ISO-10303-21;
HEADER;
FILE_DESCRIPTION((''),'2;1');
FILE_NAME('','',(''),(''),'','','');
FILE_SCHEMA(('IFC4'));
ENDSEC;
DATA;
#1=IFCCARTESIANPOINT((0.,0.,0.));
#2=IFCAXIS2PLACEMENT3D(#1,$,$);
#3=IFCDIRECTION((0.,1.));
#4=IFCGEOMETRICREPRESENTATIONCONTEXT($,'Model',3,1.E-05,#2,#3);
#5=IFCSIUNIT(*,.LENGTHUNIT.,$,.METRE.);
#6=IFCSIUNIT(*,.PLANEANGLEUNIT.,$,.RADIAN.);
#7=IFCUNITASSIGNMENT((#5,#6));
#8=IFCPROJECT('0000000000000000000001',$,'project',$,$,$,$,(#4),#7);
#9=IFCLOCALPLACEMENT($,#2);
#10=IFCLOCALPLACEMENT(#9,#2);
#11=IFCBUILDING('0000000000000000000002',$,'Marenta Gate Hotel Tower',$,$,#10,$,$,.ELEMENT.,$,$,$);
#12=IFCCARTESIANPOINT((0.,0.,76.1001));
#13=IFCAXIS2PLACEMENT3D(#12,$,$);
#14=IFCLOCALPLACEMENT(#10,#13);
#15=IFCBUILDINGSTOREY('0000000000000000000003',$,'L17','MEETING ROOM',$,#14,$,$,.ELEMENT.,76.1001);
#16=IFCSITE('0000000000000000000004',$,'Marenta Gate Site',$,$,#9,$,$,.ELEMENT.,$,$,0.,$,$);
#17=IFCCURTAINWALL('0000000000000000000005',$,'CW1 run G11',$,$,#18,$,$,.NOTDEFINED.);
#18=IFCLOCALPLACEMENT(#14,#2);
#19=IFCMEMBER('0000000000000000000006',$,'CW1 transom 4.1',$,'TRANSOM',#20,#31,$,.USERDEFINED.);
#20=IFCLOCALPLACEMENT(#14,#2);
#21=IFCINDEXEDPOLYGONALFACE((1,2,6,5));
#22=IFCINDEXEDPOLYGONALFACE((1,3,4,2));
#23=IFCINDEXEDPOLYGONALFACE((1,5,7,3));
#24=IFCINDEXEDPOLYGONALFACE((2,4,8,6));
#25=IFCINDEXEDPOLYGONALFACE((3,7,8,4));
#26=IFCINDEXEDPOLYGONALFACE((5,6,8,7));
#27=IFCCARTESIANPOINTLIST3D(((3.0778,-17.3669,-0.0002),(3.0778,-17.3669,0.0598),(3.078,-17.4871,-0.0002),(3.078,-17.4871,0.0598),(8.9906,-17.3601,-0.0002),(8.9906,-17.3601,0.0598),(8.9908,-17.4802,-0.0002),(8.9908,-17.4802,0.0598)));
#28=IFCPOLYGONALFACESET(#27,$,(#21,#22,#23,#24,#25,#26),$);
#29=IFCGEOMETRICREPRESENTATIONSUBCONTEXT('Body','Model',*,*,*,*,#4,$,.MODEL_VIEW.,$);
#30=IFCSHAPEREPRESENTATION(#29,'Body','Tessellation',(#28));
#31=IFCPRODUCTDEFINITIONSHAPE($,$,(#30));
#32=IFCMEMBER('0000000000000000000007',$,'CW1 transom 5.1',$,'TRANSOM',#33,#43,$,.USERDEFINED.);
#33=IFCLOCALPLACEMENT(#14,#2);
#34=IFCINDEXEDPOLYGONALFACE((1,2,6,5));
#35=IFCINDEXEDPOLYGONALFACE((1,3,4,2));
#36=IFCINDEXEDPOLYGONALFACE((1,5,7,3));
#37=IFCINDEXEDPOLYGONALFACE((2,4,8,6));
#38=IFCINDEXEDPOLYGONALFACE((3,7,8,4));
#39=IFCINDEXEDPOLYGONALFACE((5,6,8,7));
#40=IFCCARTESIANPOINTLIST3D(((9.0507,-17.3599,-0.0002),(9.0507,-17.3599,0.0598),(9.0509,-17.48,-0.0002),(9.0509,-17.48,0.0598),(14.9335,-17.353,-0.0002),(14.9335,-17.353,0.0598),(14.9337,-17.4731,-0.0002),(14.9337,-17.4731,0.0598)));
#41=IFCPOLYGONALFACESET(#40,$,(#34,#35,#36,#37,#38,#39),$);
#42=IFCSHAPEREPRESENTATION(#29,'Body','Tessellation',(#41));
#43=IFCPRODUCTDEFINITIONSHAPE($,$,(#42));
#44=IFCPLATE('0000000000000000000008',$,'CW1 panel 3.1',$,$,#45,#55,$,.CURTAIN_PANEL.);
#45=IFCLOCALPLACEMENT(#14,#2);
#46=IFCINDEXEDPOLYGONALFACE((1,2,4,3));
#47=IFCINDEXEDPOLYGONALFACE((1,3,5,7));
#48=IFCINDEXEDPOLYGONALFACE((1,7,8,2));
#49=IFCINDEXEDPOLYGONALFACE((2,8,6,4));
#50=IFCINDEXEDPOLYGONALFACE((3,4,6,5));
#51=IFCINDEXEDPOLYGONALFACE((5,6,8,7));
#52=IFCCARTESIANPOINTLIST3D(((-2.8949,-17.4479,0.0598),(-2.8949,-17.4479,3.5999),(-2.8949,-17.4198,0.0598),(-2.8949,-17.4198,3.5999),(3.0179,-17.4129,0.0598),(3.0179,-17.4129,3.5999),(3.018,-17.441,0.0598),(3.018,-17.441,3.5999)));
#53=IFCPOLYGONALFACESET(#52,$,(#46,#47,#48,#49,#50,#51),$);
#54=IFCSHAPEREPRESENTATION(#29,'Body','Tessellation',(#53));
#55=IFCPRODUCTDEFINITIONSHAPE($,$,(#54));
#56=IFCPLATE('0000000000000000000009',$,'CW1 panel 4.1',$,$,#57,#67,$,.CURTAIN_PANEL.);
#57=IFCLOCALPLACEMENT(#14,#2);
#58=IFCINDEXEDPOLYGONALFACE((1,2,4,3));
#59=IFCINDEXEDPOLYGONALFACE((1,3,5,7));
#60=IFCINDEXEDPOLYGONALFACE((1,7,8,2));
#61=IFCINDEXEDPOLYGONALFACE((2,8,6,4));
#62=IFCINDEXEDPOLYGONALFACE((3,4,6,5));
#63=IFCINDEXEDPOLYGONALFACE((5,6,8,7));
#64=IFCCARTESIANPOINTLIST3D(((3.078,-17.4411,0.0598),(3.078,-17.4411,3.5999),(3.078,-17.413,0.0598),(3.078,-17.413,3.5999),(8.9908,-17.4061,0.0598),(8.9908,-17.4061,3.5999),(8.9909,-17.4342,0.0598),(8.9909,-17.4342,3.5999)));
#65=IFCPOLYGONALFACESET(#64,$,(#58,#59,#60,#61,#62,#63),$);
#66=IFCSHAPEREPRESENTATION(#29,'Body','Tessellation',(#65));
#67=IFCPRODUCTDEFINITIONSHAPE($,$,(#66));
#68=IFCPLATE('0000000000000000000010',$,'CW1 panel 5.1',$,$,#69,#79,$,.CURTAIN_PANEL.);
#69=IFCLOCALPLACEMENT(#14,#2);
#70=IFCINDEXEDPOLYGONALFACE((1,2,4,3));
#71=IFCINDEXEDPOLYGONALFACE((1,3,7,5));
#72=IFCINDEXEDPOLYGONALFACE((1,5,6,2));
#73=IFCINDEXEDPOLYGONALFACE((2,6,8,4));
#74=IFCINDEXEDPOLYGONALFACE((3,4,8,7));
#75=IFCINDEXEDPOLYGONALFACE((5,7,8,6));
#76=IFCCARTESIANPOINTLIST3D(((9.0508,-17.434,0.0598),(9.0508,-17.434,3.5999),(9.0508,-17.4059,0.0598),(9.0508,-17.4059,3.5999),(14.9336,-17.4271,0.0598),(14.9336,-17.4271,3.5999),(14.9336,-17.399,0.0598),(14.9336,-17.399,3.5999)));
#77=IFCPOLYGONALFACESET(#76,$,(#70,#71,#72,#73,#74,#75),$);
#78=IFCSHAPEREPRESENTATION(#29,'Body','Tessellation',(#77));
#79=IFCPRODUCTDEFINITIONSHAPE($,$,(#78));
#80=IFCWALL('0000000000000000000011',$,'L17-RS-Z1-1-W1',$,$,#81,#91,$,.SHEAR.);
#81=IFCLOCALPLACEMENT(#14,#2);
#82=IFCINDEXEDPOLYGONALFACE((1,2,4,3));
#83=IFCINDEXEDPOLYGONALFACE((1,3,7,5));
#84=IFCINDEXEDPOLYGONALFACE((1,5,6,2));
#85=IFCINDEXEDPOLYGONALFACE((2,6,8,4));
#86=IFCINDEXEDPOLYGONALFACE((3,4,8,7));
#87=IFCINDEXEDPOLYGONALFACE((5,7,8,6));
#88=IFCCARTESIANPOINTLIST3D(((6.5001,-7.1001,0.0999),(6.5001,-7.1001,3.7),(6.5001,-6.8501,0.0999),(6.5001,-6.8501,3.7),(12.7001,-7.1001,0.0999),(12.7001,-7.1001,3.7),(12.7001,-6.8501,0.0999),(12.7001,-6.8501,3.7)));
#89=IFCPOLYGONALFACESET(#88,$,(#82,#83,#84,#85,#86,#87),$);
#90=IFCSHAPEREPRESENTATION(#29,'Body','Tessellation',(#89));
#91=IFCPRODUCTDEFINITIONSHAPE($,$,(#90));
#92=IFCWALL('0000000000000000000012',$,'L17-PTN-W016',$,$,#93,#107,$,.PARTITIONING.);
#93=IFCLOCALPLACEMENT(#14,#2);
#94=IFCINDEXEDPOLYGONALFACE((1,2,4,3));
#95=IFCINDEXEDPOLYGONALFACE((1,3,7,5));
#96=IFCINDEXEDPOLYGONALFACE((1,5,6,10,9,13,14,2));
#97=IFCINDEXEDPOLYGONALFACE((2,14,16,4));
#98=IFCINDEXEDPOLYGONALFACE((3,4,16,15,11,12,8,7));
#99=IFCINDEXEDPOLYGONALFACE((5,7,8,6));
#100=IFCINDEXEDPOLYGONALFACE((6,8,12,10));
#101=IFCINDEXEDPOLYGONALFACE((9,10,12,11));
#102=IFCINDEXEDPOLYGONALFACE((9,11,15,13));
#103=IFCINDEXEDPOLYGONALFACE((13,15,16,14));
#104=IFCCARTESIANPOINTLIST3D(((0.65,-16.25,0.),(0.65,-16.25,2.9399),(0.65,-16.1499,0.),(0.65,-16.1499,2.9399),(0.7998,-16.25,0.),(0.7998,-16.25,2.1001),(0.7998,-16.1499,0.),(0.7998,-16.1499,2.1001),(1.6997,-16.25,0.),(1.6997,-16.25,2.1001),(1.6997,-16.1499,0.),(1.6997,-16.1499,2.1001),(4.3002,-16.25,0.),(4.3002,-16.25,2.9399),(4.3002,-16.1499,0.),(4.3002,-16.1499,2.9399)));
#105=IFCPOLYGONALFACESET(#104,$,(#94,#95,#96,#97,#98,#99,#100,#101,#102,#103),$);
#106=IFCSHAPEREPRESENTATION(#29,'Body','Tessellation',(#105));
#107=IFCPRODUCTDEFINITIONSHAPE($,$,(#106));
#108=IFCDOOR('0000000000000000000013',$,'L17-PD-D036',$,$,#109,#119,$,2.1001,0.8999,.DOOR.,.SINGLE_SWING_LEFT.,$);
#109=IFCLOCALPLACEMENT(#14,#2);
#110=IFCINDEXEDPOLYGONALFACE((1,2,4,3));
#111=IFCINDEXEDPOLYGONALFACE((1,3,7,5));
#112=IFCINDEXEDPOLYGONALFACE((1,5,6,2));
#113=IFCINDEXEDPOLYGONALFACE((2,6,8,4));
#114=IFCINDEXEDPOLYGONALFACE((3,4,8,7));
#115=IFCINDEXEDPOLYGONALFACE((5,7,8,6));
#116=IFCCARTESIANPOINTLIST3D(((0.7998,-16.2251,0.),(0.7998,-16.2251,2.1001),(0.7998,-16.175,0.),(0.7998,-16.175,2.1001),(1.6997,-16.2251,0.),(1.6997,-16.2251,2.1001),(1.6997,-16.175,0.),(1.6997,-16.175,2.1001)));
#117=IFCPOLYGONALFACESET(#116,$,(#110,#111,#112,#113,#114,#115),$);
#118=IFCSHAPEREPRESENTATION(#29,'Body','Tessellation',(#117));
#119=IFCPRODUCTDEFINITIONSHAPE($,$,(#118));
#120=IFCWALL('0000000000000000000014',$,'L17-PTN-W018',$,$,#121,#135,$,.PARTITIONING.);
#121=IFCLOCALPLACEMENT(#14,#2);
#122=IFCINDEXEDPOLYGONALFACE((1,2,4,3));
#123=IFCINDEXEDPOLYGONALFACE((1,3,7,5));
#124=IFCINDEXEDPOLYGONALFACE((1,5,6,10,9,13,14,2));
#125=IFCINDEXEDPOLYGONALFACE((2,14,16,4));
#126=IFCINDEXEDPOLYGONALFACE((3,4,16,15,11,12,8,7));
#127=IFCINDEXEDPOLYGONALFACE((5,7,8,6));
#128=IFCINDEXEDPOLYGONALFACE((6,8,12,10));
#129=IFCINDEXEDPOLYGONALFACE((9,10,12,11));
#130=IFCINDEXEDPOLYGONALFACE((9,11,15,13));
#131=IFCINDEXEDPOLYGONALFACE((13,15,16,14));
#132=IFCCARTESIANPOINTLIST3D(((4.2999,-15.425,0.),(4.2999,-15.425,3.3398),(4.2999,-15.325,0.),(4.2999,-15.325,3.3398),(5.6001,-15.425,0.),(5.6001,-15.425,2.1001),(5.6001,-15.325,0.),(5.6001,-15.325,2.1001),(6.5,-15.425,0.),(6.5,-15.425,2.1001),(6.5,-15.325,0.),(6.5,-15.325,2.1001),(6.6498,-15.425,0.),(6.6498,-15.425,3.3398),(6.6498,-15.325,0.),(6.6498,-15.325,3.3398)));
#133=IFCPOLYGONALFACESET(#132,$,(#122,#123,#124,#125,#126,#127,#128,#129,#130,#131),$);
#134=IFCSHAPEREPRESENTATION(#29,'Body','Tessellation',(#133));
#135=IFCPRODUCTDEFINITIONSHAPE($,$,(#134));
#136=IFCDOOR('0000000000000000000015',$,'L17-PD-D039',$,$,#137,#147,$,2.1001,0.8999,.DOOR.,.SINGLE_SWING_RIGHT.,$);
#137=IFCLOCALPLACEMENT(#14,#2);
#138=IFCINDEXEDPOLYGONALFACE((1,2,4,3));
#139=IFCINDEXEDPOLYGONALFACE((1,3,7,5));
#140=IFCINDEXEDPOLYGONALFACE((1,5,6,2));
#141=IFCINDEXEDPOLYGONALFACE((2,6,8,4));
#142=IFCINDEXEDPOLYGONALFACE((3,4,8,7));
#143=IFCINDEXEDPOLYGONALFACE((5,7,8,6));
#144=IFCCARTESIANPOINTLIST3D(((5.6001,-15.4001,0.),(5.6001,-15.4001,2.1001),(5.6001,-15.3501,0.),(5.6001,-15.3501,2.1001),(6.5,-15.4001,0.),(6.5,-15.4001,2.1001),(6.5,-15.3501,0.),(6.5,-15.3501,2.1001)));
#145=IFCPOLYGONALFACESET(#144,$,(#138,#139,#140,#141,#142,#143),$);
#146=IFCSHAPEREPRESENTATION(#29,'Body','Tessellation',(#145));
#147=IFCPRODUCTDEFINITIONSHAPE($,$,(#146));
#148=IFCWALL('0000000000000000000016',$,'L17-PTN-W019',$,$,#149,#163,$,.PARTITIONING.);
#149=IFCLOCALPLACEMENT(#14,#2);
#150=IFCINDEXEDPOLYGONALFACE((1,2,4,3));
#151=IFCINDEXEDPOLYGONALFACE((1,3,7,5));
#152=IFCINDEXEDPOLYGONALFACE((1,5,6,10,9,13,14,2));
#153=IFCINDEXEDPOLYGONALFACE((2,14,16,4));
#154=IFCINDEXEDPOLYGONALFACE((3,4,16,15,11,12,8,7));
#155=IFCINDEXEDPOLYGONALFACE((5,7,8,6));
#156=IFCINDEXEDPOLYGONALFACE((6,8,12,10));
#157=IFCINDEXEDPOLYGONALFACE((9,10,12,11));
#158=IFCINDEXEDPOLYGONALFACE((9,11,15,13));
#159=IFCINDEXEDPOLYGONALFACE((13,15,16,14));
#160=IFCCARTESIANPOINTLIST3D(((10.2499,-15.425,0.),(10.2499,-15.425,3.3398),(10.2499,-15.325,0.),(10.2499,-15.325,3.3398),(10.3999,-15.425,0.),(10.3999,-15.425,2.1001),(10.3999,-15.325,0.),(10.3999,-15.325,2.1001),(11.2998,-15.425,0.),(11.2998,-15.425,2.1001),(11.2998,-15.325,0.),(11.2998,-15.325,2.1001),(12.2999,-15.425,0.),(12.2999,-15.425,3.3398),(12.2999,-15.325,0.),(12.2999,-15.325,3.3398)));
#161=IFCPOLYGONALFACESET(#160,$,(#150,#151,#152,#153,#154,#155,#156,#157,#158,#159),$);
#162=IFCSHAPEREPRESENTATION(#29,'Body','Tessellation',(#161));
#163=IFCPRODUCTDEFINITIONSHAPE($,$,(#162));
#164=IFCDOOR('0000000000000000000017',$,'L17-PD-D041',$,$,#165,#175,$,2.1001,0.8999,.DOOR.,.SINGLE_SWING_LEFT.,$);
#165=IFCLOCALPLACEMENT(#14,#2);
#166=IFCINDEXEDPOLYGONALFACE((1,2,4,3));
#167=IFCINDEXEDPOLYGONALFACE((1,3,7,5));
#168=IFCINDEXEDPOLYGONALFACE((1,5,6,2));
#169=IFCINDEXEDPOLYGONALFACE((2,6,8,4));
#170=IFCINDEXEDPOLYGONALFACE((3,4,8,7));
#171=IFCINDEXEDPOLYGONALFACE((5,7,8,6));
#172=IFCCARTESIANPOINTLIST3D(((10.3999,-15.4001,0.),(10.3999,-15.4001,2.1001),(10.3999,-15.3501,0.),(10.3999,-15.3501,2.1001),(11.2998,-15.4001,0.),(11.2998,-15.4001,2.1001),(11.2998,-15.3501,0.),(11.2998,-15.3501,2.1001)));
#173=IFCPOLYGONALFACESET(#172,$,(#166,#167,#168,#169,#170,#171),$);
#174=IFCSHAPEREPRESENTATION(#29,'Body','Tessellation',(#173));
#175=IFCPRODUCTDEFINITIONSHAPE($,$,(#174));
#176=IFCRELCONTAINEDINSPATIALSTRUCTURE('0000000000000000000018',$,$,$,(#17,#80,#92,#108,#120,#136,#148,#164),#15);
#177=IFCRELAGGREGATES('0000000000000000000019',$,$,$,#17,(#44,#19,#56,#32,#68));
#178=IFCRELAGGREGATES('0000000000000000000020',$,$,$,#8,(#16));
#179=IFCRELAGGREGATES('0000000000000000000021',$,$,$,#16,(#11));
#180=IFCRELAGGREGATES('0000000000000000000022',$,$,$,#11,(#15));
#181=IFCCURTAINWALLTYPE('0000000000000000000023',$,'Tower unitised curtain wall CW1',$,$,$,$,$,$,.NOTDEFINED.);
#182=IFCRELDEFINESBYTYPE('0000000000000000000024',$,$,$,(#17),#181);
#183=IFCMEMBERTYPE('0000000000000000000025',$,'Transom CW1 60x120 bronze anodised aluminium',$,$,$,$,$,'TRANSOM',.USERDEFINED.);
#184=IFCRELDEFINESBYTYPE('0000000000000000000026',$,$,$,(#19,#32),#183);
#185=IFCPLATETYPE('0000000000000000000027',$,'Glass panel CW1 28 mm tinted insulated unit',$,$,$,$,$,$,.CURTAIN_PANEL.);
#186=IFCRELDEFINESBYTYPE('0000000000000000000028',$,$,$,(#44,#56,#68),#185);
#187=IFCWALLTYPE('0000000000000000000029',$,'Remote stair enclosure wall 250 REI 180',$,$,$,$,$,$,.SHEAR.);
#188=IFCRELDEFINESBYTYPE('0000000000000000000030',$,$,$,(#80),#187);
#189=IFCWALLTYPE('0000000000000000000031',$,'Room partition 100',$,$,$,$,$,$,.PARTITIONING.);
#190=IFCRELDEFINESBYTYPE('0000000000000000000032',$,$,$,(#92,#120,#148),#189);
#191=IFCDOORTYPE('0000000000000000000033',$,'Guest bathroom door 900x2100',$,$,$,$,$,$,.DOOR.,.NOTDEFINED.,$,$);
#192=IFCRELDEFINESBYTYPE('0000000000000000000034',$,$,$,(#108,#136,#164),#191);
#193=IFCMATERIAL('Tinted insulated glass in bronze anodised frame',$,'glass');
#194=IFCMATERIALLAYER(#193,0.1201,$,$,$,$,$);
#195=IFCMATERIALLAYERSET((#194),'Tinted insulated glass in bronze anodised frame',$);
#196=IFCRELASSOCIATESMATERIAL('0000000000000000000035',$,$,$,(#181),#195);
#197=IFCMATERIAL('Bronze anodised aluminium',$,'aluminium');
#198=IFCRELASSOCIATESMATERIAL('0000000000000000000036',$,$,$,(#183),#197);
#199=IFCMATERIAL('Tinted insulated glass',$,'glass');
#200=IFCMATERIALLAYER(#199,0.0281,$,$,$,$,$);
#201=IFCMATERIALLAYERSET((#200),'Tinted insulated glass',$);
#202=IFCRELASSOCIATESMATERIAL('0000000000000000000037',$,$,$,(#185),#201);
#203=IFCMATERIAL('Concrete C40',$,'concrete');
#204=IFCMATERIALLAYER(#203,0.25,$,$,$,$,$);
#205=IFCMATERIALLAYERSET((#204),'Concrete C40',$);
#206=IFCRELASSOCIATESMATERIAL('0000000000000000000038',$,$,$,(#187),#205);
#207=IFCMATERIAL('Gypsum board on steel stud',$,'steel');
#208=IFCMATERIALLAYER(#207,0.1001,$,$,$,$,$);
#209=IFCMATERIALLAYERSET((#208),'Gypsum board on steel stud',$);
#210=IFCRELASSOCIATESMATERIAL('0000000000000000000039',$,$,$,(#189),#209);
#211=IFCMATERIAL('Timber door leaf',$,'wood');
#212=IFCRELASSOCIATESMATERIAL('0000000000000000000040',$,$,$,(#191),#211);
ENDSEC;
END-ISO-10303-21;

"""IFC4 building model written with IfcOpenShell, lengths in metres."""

from ifc_helpers import new_model, si_unit, direction, frame, frame_2d, origin, origin_2d, place, context, subcontext, project, spatial, rectangle, extrude, material, layer, layer_set, material_profile, profile_set, type_object, element, fill, aggregate, save


model = new_model("IFC4")

# Units and contexts
model_context = context("Model", 3, precision=1e-05, world=origin(), true_north=direction((0.0, 1.0)))
body_context = subcontext(model_context, "Body", "Model", "MODEL_VIEW")
ifc_project = project(units=[si_unit("LENGTHUNIT", "METRE"), si_unit("PLANEANGLEUNIT", "RADIAN")], contexts=[model_context])

# Site, building, storey
site_placement = place(None, origin())
site = spatial("IfcSite", under=ifc_project, at=site_placement, Name="Marenta Gate Site", CompositionType="ELEMENT", RefElevation=0.0)
building_placement = place(site_placement, origin())
building = spatial("IfcBuilding", under=site, at=building_placement, Name="Marenta Gate Hotel Tower", CompositionType="ELEMENT")
storey_placement = place(building_placement, frame((0.0, 0.0, 76.1001)))
storey = spatial("IfcBuildingStorey", under=building, at=storey_placement, Name="L17", Description="MEETING ROOM", CompositionType="ELEMENT", Elevation=76.1001)

# Curtain wall, members, plates
ifc_material_1 = material(Name="Tinted insulated glass in bronze anodised frame", Category="glass")
ifc_layer_1 = layer(ifc_material_1, 0.1201)
ifc_layer_set_1 = layer_set([ifc_layer_1], Name="Tinted insulated glass in bronze anodised frame")
curtain_wall_type = type_object("IfcCurtainWallType", Name="Tower unitised curtain wall CW1", PredefinedType="NOTDEFINED", material=ifc_layer_set_1)
curtain_wall_placement = place(storey_placement, origin())
curtain_wall = element("IfcCurtainWall", 1, at=curtain_wall_placement, inside=storey, type_object=curtain_wall_type, Name="CW1 run G11", PredefinedType="NOTDEFINED")
ifc_material_2 = material(Name="Bronze anodised aluminium", Category="aluminium")
ifc_material_profile_1 = material_profile(ifc_material_2, rectangle(XDim=0.1201, YDim=0.0601, at=origin_2d()), Name="Transom CW1 60x120 bronze anodised aluminium")
ifc_profile_set_1 = profile_set([ifc_material_profile_1], Name="Bronze anodised aluminium")
member_type_1 = type_object("IfcMemberType", Name="Transom CW1 60x120 bronze anodised aluminium", ElementType="TRANSOM", PredefinedType="USERDEFINED", material=ifc_profile_set_1)
member_1_placement = place(storey_placement, frame((3.0779, -17.427, 0.0298), z_axis=(0.999999, 0.001156, 0.0), x_axis=(-0.001156, 0.999999, 0.0)))
member_1 = element("IfcMember", 2, at=member_1_placement, type_object=member_type_1, Name="CW1 transom 4.1", ObjectType="TRANSOM", PredefinedType="USERDEFINED", context=body_context, shape_type="SweptSolid", body=[
    extrude(rectangle(XDim=0.1201, YDim=0.0601, at=origin_2d()), origin(), (0.0, 0.0, 1.0), 5.9128),
])
member_2_placement = place(storey_placement, frame((9.0508, -17.4199, 0.0298), z_axis=(0.999999, 0.001162, 0.0), x_axis=(-0.001162, 0.999999, 0.0)))
member_2 = element("IfcMember", 3, at=member_2_placement, type_object=member_type_1, Name="CW1 transom 5.1", ObjectType="TRANSOM", PredefinedType="USERDEFINED", context=body_context, shape_type="SweptSolid", body=[
    extrude(rectangle(XDim=0.1201, YDim=0.0601, at=origin_2d()), origin(), (0.0, 0.0, 1.0), 5.8828),
])
ifc_material_3 = material(Name="Tinted insulated glass", Category="glass")
ifc_layer_2 = layer(ifc_material_3, 0.0281)
ifc_layer_set_2 = layer_set([ifc_layer_2], Name="Tinted insulated glass")
plate_type = type_object("IfcPlateType", Name="Glass panel CW1 28 mm tinted insulated unit", PredefinedType="CURTAIN_PANEL", material=ifc_layer_set_2)
plate_1_placement = place(storey_placement, frame((0.0615, -17.4304, 0.0598), z_axis=(0.0, 0.0, 1.0), x_axis=(0.999999, 0.001162, 0.0)))
plate_1 = element("IfcPlate", 4, at=plate_1_placement, type_object=plate_type, Name="CW1 panel 3.1", PredefinedType="CURTAIN_PANEL", context=body_context, shape_type="SweptSolid", body=[
    extrude(rectangle(XDim=5.9128, YDim=0.0281, at=origin_2d()), origin(), (0.0, 0.0, 1.0), 3.54),
])
plate_2_placement = place(storey_placement, frame((6.0344, -17.4236, 0.0598), z_axis=(0.0, 0.0, 1.0), x_axis=(0.999999, 0.001162, 0.0)))
plate_2 = element("IfcPlate", 5, at=plate_2_placement, type_object=plate_type, Name="CW1 panel 4.1", PredefinedType="CURTAIN_PANEL", context=body_context, shape_type="SweptSolid", body=[
    extrude(rectangle(XDim=5.9128, YDim=0.0281, at=origin_2d()), origin(), (0.0, 0.0, 1.0), 3.54),
])
plate_3_placement = place(storey_placement, frame((11.9922, -17.4165, 0.0598), z_axis=(0.0, 0.0, 1.0), x_axis=(0.999999, 0.001162, 0.0)))
plate_3 = element("IfcPlate", 6, at=plate_3_placement, type_object=plate_type, Name="CW1 panel 5.1", PredefinedType="CURTAIN_PANEL", context=body_context, shape_type="SweptSolid", body=[
    extrude(rectangle(XDim=5.8828, YDim=0.0281, at=origin_2d()), origin(), (0.0, 0.0, 1.0), 3.54),
])
aggregate(curtain_wall, [plate_1, member_1, plate_2, member_2, plate_3])

# Wall
ifc_material_4 = material(Name="Concrete C40", Category="concrete")
ifc_layer_3 = layer(ifc_material_4, 0.25)
ifc_layer_set_3 = layer_set([ifc_layer_3], Name="Concrete C40")
wall_type_1 = type_object("IfcWallType", Name="Remote stair enclosure wall 250 REI 180", PredefinedType="SHEAR", material=ifc_layer_set_3)
wall_1_placement = place(storey_placement, frame((6.5, -6.9751, 0.0999), z_axis=(0.0, 0.0, 1.0), x_axis=(1.0, 0.0, 0.0)))
element("IfcWall", 7, at=wall_1_placement, inside=storey, type_object=wall_type_1, Name="L17-RS-Z1-1-W1", PredefinedType="SHEAR", context=body_context, shape_type="SweptSolid", body=[
    extrude(rectangle(XDim=6.2, YDim=0.25, at=frame_2d((3.1001, 0.0))), origin(), (0.0, 0.0, 1.0), 3.6001),
])

# Walls, openings, doors
ifc_material_5 = material(Name="Gypsum board on steel stud", Category="steel")
ifc_layer_4 = layer(ifc_material_5, 0.1001)
ifc_layer_set_4 = layer_set([ifc_layer_4], Name="Gypsum board on steel stud")
wall_type_2 = type_object("IfcWallType", Name="Room partition 100", PredefinedType="PARTITIONING", material=ifc_layer_set_4)
wall_2_placement = place(storey_placement, frame((0.6499, -16.2, 0.0), z_axis=(0.0, 0.0, 1.0), x_axis=(1.0, 0.0, 0.0)))
wall_2 = element("IfcWall", 8, at=wall_2_placement, inside=storey, type_object=wall_type_2, Name="L17-PTN-W016", PredefinedType="PARTITIONING", context=body_context, shape_type="SweptSolid", body=[
    extrude(rectangle(XDim=3.6501, YDim=0.1001, at=frame_2d((1.8252, 0.0))), origin(), (0.0, 0.0, 1.0), 2.9399),
])
opening_1_placement = place(wall_2_placement, frame((0.1499, 0.0, 0.0)))
opening_1 = element("IfcOpeningElement", 9, at=opening_1_placement, cuts=wall_2, PredefinedType="OPENING", context=body_context, shape_type="SweptSolid", body=[
    extrude(rectangle(XDim=0.8999, YDim=2.1001, at=frame_2d((0.45, 1.05))), frame((0.0, 0.05, 0.0), z_axis=(0.0, -1.0, 0.0), x_axis=(1.0, 0.0, 0.0)), (0.0, 0.0, 1.0), 0.1001),
])
ifc_material_6 = material(Name="Timber door leaf", Category="wood")
door_type = type_object("IfcDoorType", Name="Guest bathroom door 900x2100", OperationType="NOTDEFINED", PredefinedType="DOOR", material=ifc_material_6)
door_1_placement = place(opening_1_placement, origin())
door_1 = element("IfcDoor", 10, at=door_1_placement, inside=storey, type_object=door_type, Name="L17-PD-D036", OperationType="SINGLE_SWING_LEFT", OverallHeight=2.1001, OverallWidth=0.8999, PredefinedType="DOOR", context=body_context, shape_type="SweptSolid", body=[
    extrude(rectangle(XDim=0.8999, YDim=2.1001, at=frame_2d((0.45, 1.05))), frame((0.0, 0.0249, 0.0), z_axis=(0.0, -1.0, 0.0), x_axis=(1.0, 0.0, 0.0)), (0.0, 0.0, 1.0), 0.05),
])
fill(opening_1, door_1)
wall_3_placement = place(storey_placement, frame((4.3, -15.375, 0.0), z_axis=(0.0, 0.0, 1.0), x_axis=(1.0, 0.0, 0.0)))
wall_3 = element("IfcWall", 11, at=wall_3_placement, inside=storey, type_object=wall_type_2, Name="L17-PTN-W018", PredefinedType="PARTITIONING", context=body_context, shape_type="SweptSolid", body=[
    extrude(rectangle(XDim=2.3499, YDim=0.1001, at=frame_2d((1.1748, 0.0))), origin(), (0.0, 0.0, 1.0), 3.3398),
])
opening_2_placement = place(wall_3_placement, frame((1.3, 0.0, 0.0)))
opening_2 = element("IfcOpeningElement", 12, at=opening_2_placement, cuts=wall_3, PredefinedType="OPENING", context=body_context, shape_type="SweptSolid", body=[
    extrude(rectangle(XDim=0.8999, YDim=2.1001, at=frame_2d((0.45, 1.05))), frame((0.0, 0.05, 0.0), z_axis=(0.0, -1.0, 0.0), x_axis=(1.0, 0.0, 0.0)), (0.0, 0.0, 1.0), 0.1001),
])
door_2_placement = place(opening_2_placement, origin())
door_2 = element("IfcDoor", 13, at=door_2_placement, inside=storey, type_object=door_type, Name="L17-PD-D039", OperationType="SINGLE_SWING_RIGHT", OverallHeight=2.1001, OverallWidth=0.8999, PredefinedType="DOOR", context=body_context, shape_type="SweptSolid", body=[
    extrude(rectangle(XDim=0.8999, YDim=2.1001, at=frame_2d((0.45, 1.05))), frame((0.0, 0.0249, 0.0), z_axis=(0.0, -1.0, 0.0), x_axis=(1.0, 0.0, 0.0)), (0.0, 0.0, 1.0), 0.05),
])
fill(opening_2, door_2)
wall_4_placement = place(storey_placement, frame((10.25, -15.375, 0.0), z_axis=(0.0, 0.0, 1.0), x_axis=(1.0, 0.0, 0.0)))
wall_4 = element("IfcWall", 14, at=wall_4_placement, inside=storey, type_object=wall_type_2, Name="L17-PTN-W019", PredefinedType="PARTITIONING", context=body_context, shape_type="SweptSolid", body=[
    extrude(rectangle(XDim=2.05, YDim=0.1001, at=frame_2d((1.0249, 0.0))), origin(), (0.0, 0.0, 1.0), 3.3398),
])
opening_3_placement = place(wall_4_placement, frame((0.1499, 0.0, 0.0)))
opening_3 = element("IfcOpeningElement", 15, at=opening_3_placement, cuts=wall_4, PredefinedType="OPENING", context=body_context, shape_type="SweptSolid", body=[
    extrude(rectangle(XDim=0.8999, YDim=2.1001, at=frame_2d((0.45, 1.05))), frame((0.0, 0.05, 0.0), z_axis=(0.0, -1.0, 0.0), x_axis=(1.0, 0.0, 0.0)), (0.0, 0.0, 1.0), 0.1001),
])
door_3_placement = place(opening_3_placement, origin())
door_3 = element("IfcDoor", 16, at=door_3_placement, inside=storey, type_object=door_type, Name="L17-PD-D041", OperationType="SINGLE_SWING_LEFT", OverallHeight=2.1001, OverallWidth=0.8999, PredefinedType="DOOR", context=body_context, shape_type="SweptSolid", body=[
    extrude(rectangle(XDim=0.8999, YDim=2.1001, at=frame_2d((0.45, 1.05))), frame((0.0, 0.0249, 0.0), z_axis=(0.0, -1.0, 0.0), x_axis=(1.0, 0.0, 0.0)), (0.0, 0.0, 1.0), 0.05),
])
fill(opening_3, door_3)

save(model, "model.ifc")
